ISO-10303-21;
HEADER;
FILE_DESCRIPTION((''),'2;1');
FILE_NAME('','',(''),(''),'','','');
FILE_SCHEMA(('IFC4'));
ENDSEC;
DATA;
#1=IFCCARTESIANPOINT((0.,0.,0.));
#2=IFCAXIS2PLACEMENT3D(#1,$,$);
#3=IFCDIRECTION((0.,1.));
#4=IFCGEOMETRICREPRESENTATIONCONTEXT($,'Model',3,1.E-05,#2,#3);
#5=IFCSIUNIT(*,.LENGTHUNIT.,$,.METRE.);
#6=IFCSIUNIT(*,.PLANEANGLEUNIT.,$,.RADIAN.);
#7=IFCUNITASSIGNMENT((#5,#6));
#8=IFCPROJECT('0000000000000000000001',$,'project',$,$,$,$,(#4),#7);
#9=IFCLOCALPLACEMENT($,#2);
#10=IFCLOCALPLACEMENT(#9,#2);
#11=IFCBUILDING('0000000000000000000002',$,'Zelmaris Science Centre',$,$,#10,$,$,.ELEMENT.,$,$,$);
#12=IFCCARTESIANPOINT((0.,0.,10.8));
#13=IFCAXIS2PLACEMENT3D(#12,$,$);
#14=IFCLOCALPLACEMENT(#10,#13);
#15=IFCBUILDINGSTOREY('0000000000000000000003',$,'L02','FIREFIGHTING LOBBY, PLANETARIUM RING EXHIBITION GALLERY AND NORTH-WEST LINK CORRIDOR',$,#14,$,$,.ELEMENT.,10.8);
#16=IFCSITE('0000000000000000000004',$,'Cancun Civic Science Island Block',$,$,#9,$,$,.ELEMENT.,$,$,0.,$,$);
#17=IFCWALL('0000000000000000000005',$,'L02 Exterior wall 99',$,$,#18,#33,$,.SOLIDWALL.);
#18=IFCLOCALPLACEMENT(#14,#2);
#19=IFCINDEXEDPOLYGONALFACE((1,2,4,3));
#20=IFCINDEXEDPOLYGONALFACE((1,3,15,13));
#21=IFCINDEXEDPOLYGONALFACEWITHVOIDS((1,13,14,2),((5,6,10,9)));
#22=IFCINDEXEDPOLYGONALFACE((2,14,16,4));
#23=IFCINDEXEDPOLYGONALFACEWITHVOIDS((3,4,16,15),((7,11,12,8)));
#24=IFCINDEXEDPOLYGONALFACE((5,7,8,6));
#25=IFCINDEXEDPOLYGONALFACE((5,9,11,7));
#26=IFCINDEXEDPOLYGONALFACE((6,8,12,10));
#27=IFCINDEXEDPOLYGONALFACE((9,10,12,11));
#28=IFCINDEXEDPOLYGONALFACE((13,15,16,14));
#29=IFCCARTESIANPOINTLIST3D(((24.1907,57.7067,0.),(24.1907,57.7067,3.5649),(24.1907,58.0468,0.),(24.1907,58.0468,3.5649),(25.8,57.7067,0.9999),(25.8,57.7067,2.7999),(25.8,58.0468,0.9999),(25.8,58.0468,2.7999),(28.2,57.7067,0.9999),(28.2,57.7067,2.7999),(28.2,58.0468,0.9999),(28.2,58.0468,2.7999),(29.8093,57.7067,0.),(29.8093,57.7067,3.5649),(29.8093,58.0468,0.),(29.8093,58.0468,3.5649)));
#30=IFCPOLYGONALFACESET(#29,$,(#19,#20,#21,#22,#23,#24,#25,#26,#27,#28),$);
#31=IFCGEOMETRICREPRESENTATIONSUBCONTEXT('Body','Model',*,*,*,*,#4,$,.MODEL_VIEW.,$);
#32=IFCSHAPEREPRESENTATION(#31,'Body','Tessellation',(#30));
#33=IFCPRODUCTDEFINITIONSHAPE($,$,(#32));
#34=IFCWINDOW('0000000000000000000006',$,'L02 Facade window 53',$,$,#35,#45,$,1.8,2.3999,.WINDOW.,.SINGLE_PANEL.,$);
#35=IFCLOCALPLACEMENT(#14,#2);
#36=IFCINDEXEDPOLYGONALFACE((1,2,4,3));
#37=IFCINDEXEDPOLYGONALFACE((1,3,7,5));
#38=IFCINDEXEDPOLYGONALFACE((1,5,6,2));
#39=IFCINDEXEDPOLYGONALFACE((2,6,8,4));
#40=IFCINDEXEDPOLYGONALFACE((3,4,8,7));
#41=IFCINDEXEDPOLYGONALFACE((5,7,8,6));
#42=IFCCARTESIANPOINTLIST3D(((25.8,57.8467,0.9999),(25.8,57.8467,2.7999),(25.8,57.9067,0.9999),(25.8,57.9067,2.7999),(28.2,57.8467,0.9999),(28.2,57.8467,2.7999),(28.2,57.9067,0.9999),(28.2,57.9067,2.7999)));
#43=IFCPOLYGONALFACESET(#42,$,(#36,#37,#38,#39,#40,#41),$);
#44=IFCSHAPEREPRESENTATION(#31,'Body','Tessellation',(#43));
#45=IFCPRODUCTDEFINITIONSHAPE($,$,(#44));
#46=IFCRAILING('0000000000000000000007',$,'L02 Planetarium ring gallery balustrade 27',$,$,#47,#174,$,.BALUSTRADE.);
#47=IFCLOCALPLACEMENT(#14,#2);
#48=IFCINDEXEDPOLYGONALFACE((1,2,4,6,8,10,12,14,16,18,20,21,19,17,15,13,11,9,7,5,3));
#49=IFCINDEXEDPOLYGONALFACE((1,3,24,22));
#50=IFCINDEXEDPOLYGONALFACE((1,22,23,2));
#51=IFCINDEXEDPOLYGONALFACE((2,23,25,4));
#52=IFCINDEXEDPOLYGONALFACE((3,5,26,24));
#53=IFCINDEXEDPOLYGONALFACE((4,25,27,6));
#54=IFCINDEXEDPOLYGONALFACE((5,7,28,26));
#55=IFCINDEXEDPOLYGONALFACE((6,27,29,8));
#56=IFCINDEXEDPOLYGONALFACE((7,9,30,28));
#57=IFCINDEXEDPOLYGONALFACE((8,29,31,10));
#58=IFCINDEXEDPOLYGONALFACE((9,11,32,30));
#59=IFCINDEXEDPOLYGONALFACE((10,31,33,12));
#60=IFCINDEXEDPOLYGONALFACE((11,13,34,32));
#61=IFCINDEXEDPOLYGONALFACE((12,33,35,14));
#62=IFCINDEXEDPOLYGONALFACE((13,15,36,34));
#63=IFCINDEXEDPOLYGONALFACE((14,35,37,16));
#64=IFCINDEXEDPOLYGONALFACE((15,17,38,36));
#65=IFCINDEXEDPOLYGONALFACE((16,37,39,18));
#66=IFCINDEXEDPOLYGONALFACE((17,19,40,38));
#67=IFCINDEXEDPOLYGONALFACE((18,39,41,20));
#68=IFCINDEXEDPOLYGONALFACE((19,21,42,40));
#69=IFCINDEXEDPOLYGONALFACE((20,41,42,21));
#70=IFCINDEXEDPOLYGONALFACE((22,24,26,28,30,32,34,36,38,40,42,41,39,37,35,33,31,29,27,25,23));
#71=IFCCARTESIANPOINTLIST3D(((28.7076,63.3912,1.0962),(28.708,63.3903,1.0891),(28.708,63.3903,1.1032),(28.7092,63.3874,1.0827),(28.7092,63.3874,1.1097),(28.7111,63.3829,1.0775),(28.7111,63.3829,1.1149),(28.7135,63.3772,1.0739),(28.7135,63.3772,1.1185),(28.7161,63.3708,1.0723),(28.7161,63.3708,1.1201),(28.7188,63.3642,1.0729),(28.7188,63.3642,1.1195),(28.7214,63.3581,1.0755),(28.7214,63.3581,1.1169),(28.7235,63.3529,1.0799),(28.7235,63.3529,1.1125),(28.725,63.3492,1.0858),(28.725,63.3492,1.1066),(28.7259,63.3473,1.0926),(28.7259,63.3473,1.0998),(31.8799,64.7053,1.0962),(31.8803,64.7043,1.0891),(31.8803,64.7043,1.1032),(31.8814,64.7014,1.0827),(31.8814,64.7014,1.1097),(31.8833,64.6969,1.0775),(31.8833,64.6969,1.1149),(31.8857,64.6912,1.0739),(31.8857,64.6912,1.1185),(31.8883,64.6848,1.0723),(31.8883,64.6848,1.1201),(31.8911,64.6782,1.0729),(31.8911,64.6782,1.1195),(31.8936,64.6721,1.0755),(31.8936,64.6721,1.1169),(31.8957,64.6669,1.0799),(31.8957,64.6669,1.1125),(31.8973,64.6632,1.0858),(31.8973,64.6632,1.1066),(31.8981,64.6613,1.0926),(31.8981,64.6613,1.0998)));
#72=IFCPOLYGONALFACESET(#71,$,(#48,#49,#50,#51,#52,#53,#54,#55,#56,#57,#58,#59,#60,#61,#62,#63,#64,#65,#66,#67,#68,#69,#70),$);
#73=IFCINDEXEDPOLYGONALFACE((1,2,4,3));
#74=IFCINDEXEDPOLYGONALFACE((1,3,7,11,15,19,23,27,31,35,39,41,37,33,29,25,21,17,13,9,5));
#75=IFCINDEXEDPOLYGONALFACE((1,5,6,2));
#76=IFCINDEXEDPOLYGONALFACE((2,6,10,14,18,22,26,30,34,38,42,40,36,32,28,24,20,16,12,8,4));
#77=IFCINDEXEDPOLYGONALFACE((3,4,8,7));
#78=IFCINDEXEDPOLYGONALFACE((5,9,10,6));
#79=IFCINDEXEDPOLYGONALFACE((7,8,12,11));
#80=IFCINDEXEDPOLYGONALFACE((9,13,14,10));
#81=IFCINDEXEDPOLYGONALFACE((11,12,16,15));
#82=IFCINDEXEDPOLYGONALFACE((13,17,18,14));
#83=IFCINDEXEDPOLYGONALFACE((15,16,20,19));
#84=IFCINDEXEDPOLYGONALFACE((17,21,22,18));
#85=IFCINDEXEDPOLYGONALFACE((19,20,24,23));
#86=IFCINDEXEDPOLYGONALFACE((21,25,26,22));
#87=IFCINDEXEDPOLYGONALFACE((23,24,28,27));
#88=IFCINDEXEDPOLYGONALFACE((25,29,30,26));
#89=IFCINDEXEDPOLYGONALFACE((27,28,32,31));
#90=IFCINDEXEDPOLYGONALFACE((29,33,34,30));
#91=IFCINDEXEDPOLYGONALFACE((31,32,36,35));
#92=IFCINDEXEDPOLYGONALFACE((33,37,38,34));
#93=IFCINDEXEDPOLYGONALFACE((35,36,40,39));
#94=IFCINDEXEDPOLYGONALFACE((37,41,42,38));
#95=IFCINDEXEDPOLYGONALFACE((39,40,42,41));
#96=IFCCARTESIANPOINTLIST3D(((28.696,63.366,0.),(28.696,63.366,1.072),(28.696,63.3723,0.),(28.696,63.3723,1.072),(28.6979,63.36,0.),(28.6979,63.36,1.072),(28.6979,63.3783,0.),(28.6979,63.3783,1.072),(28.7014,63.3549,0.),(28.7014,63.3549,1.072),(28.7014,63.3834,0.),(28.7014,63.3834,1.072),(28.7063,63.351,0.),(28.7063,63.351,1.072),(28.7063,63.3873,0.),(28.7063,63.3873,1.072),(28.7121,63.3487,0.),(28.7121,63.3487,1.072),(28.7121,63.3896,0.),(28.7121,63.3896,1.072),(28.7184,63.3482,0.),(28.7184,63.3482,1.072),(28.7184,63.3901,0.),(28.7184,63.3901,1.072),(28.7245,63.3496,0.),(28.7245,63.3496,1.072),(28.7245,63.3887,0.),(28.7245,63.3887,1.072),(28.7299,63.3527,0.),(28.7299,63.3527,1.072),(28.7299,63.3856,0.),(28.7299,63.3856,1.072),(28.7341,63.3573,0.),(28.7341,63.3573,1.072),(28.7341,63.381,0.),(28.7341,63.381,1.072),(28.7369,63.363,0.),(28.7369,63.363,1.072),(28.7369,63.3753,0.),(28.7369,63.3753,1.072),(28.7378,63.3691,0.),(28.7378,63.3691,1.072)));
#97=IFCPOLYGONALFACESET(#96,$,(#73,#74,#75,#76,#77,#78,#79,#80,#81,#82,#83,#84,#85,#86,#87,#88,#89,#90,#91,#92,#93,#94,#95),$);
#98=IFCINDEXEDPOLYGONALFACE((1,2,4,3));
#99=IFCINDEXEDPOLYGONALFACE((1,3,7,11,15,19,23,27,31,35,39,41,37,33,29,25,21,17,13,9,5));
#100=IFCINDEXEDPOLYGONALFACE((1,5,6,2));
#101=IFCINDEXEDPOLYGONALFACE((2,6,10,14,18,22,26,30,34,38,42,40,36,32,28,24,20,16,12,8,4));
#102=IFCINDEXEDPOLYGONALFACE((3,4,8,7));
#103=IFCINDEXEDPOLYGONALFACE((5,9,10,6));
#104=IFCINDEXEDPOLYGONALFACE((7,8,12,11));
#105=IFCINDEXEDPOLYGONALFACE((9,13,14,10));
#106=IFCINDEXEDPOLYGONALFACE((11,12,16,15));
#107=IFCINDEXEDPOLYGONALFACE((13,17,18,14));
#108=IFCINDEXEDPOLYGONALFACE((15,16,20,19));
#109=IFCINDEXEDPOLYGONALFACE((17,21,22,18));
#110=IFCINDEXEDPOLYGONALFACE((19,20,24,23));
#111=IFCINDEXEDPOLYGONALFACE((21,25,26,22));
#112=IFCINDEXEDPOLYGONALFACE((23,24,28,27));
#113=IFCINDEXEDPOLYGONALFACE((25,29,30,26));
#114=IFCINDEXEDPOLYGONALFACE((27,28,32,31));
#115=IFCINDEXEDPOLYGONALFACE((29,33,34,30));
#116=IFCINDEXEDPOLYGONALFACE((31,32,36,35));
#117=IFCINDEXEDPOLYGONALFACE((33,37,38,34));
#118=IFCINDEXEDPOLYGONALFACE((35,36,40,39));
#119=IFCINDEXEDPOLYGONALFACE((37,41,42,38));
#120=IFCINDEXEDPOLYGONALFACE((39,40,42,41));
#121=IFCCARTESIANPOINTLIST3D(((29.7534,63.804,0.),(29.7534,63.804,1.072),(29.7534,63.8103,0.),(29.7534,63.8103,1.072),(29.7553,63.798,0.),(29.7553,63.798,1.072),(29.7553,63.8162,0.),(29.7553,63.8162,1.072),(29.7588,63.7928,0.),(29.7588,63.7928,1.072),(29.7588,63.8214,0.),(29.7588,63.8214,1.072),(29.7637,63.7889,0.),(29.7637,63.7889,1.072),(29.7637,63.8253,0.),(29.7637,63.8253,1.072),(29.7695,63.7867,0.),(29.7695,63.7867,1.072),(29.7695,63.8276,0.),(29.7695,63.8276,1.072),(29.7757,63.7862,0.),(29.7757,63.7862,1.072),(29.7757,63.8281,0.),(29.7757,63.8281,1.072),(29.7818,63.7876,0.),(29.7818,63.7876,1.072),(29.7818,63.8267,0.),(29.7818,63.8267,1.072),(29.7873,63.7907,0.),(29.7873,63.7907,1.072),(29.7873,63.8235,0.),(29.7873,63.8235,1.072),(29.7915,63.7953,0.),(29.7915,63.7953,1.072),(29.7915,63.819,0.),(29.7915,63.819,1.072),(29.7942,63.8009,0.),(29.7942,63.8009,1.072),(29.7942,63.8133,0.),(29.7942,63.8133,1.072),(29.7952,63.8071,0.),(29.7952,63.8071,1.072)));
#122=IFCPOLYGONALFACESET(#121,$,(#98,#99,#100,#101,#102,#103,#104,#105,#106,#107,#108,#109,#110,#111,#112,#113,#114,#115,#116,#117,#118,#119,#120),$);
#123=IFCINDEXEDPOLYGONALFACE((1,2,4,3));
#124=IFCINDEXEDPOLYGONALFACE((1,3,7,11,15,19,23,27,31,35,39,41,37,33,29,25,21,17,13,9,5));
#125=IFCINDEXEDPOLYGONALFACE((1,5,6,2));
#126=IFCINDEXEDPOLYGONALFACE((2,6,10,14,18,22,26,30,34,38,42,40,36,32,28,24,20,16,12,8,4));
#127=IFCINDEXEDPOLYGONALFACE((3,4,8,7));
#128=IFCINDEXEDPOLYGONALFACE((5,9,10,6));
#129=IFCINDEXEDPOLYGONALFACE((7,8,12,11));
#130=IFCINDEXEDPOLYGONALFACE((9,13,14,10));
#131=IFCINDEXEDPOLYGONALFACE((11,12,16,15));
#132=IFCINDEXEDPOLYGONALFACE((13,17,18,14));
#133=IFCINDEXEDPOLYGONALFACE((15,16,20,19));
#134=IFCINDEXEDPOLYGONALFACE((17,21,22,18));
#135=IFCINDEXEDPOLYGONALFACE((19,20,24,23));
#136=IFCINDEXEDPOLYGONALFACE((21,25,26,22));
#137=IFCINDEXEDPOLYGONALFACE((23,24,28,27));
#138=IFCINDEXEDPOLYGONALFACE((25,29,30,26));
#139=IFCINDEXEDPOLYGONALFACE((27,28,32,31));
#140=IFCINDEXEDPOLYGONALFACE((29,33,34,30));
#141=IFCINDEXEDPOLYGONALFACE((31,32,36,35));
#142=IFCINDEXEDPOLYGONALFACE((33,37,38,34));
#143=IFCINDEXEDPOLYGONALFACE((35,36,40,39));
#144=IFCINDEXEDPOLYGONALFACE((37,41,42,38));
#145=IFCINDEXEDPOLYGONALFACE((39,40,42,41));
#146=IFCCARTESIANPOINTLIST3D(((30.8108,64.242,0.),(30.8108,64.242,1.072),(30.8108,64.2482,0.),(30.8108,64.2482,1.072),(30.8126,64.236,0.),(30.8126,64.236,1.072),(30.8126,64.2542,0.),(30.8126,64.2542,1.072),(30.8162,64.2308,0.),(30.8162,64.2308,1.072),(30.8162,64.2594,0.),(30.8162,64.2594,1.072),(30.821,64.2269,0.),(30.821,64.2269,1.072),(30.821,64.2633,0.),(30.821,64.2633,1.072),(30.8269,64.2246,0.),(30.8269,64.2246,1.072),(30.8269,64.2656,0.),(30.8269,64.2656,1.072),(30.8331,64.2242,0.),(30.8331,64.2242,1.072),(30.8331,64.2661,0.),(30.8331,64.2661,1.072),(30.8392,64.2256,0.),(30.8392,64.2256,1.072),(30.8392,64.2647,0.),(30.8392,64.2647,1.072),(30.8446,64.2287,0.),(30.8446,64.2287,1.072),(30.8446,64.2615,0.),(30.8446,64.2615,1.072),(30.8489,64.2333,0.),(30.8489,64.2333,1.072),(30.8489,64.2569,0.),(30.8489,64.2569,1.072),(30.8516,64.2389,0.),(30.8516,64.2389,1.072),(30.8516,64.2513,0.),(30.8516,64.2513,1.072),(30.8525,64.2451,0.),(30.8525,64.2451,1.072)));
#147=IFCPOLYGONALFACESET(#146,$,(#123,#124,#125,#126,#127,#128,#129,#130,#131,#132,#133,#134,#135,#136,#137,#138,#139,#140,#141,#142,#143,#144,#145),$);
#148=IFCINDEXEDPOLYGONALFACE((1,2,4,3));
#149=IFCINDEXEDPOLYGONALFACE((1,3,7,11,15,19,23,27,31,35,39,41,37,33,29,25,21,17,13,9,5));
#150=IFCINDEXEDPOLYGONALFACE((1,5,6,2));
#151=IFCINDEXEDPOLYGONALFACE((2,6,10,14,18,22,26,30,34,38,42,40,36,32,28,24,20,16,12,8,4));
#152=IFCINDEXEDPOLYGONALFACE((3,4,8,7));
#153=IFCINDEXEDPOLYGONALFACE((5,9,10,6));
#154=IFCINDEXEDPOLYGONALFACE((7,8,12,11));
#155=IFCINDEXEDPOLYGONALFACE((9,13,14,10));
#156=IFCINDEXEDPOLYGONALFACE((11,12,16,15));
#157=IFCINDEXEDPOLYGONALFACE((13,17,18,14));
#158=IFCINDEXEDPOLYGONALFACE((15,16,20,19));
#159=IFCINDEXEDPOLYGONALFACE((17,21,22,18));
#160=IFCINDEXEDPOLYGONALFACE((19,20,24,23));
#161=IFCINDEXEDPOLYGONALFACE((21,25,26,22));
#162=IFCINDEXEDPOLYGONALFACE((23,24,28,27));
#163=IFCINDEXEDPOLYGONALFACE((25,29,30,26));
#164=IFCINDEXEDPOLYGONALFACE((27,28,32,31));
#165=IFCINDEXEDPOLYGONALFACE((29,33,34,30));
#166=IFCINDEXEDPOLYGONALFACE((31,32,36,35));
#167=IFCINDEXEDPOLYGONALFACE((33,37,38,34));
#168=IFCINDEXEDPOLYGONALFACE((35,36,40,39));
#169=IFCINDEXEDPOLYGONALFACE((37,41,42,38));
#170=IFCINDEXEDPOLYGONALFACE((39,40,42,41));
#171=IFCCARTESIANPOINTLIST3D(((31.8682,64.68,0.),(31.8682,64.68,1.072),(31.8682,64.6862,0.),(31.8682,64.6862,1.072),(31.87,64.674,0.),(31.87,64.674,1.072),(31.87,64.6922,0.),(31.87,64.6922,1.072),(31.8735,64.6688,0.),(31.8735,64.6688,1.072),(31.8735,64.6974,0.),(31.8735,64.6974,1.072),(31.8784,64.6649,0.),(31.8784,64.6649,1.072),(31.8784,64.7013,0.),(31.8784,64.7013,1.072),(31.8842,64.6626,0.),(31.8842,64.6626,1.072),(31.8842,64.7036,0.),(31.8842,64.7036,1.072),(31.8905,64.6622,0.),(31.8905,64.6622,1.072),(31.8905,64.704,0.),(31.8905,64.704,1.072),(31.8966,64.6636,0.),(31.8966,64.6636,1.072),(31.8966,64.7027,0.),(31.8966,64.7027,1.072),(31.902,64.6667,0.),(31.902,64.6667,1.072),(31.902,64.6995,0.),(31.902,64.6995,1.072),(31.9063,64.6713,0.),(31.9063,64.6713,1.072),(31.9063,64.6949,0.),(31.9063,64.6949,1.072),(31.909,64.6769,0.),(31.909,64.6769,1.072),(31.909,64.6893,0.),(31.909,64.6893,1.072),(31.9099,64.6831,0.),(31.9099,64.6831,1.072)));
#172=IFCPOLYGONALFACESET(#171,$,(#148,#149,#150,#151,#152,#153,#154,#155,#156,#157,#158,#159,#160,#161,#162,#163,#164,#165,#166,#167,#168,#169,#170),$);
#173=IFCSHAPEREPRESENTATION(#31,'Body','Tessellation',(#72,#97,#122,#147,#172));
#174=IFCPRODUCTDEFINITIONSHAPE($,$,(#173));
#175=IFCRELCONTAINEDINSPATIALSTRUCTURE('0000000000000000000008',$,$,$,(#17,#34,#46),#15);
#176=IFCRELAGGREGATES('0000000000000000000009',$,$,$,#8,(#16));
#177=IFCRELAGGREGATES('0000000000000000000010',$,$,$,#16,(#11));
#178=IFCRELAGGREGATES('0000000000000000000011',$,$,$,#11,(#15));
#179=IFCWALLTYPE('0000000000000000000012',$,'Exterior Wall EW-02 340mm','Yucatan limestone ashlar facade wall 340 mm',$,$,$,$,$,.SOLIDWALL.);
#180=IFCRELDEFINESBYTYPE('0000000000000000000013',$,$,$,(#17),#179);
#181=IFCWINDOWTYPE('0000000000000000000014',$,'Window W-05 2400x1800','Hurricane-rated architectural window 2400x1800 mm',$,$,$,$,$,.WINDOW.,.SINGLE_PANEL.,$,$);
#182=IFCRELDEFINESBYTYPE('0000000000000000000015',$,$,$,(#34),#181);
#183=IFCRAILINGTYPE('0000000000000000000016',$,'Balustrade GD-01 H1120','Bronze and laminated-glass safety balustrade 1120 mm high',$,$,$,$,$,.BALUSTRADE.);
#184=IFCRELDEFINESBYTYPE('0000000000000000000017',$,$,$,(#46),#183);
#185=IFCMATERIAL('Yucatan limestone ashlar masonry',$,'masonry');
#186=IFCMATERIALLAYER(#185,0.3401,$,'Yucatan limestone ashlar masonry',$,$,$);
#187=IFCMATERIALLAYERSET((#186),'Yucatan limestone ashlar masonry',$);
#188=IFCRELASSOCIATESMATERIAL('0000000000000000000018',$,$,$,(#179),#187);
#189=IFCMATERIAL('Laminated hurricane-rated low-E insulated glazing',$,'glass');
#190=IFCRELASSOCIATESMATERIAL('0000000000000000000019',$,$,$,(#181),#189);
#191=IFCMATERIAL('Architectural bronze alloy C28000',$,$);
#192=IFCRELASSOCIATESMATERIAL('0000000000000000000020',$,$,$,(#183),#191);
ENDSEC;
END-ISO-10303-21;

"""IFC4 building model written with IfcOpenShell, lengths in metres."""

from ifc_helpers import new_model, si_unit, direction, frame, frame_2d, origin, origin_2d, place, context, subcontext, project, spatial, rectangle, circle, extrude, material, layer, layer_set, type_object, element, fill, save


model = new_model("IFC4")

# Units and contexts
model_context = context("Model", 3, precision=1e-05, world=origin(), true_north=direction((0.0, 1.0)))
body_context = subcontext(model_context, "Body", "Model", "MODEL_VIEW")
ifc_project = project(units=[si_unit("LENGTHUNIT", "METRE"), si_unit("PLANEANGLEUNIT", "RADIAN")], contexts=[model_context])

# Site, building, storey
site_placement = place(None, origin())
site = spatial("IfcSite", under=ifc_project, at=site_placement, Name="Cancun Civic Science Island Block", CompositionType="ELEMENT", RefElevation=0.0)
building_placement = place(site_placement, origin())
building = spatial("IfcBuilding", under=site, at=building_placement, Name="Zelmaris Science Centre", CompositionType="ELEMENT")
storey_placement = place(building_placement, frame((0.0, 0.0, 10.8)))
storey = spatial("IfcBuildingStorey", under=building, at=storey_placement, Name="L02", Description="FIREFIGHTING LOBBY, PLANETARIUM RING EXHIBITION GALLERY AND NORTH-WEST LINK CORRIDOR", CompositionType="ELEMENT", Elevation=10.8)

# Shared definitions
ifc_material_1 = material(Name="Yucatan limestone ashlar masonry", Category="masonry")
ifc_layer_1 = layer(ifc_material_1, 0.3401, Name="Yucatan limestone ashlar masonry")
ifc_layer_set_1 = layer_set([ifc_layer_1], Name="Yucatan limestone ashlar masonry")
wall_type = type_object("IfcWallType", Name="Exterior Wall EW-02 340mm", Description="Yucatan limestone ashlar facade wall 340 mm", PredefinedType="SOLIDWALL", material=ifc_layer_set_1)

# Wall, opening, window
ifc_material_2 = material(Name="Laminated hurricane-rated low-E insulated glazing", Category="glass")
wall_1_placement = place(storey_placement, frame((29.8093, 57.8767, 0.0), z_axis=(0.0, 0.0, 1.0), x_axis=(-1.0, 0.0, 0.0)))
wall_1 = element("IfcWall", 1, at=wall_1_placement, inside=storey, type_object=wall_type, Name="L02 Exterior wall 99", PredefinedType="SOLIDWALL", context=body_context, shape_type="SweptSolid", body=[
    extrude(rectangle(XDim=5.6187, YDim=0.3401, at=frame_2d((2.8093, 0.0))), origin(), (0.0, 0.0, 1.0), 3.5649),
])
opening_1_placement = place(wall_1_placement, frame((1.6094, 0.0, 1.0)))
opening_1 = element("IfcOpeningElement", 2, at=opening_1_placement, cuts=wall_1, PredefinedType="OPENING", context=body_context, shape_type="SweptSolid", body=[
    extrude(rectangle(XDim=2.3999, YDim=1.8, at=frame_2d((1.2, 0.8999))), frame((0.0, 0.1799, 0.0), z_axis=(0.0, -1.0, 0.0), x_axis=(1.0, 0.0, 0.0)), (0.0, 0.0, 1.0), 0.3601),
])
window_type_1 = type_object("IfcWindowType", Name="Window W-05 2400x1800", Description="Hurricane-rated architectural window 2400x1800 mm", PartitioningType="SINGLE_PANEL", PredefinedType="WINDOW", material=ifc_material_2)
window_1_placement = place(opening_1_placement, origin())
window_1 = element("IfcWindow", 3, at=window_1_placement, inside=storey, type_object=window_type_1, Name="L02 Facade window 53", OverallHeight=1.8, OverallWidth=2.3999, PartitioningType="SINGLE_PANEL", PredefinedType="WINDOW", context=body_context, shape_type="SweptSolid", body=[
    extrude(rectangle(XDim=2.3999, YDim=1.8, at=frame_2d((1.2, 0.8999))), frame((0.0, 0.03, 0.0), z_axis=(0.0, -1.0, 0.0), x_axis=(1.0, 0.0, 0.0)), (0.0, 0.0, 1.0), 0.0601),
])
fill(opening_1, window_1)

# Railing
ifc_material_3 = material(Name="Architectural bronze alloy C28000")
railing_type = type_object("IfcRailingType", Name="Balustrade GD-01 H1120", Description="Bronze and laminated-glass safety balustrade 1120 mm high", PredefinedType="BALUSTRADE", material=ifc_material_3)
railing_1_placement = place(storey_placement, frame((28.7168, 63.3691, 0.0)))
element("IfcRailing", 4, at=railing_1_placement, inside=storey, type_object=railing_type, Name="L02 Planetarium ring gallery balustrade 27", PredefinedType="BALUSTRADE", context=body_context, shape_type="SweptSolid", body=[
    extrude(circle(Radius=0.0239, at=origin_2d()), frame((0.0, 0.0, 1.0962), z_axis=(0.923876, 0.382691, 0.0), x_axis=(-0.382691, 0.923876, 0.0)), (0.0, 0.0, 1.0), 3.4336),
    extrude(circle(Radius=0.021, at=origin_2d()), origin(), (0.0, 0.0, 1.0), 1.072),
    extrude(circle(Radius=0.021, at=origin_2d()), frame((1.0574, 0.438, 0.0)), (0.0, 0.0, 1.0), 1.072),
    extrude(circle(Radius=0.021, at=origin_2d()), frame((2.1147, 0.876, 0.0)), (0.0, 0.0, 1.0), 1.072),
    extrude(circle(Radius=0.021, at=origin_2d()), frame((3.1721, 1.314, 0.0)), (0.0, 0.0, 1.0), 1.072),
])

save(model, "model.ifc")
